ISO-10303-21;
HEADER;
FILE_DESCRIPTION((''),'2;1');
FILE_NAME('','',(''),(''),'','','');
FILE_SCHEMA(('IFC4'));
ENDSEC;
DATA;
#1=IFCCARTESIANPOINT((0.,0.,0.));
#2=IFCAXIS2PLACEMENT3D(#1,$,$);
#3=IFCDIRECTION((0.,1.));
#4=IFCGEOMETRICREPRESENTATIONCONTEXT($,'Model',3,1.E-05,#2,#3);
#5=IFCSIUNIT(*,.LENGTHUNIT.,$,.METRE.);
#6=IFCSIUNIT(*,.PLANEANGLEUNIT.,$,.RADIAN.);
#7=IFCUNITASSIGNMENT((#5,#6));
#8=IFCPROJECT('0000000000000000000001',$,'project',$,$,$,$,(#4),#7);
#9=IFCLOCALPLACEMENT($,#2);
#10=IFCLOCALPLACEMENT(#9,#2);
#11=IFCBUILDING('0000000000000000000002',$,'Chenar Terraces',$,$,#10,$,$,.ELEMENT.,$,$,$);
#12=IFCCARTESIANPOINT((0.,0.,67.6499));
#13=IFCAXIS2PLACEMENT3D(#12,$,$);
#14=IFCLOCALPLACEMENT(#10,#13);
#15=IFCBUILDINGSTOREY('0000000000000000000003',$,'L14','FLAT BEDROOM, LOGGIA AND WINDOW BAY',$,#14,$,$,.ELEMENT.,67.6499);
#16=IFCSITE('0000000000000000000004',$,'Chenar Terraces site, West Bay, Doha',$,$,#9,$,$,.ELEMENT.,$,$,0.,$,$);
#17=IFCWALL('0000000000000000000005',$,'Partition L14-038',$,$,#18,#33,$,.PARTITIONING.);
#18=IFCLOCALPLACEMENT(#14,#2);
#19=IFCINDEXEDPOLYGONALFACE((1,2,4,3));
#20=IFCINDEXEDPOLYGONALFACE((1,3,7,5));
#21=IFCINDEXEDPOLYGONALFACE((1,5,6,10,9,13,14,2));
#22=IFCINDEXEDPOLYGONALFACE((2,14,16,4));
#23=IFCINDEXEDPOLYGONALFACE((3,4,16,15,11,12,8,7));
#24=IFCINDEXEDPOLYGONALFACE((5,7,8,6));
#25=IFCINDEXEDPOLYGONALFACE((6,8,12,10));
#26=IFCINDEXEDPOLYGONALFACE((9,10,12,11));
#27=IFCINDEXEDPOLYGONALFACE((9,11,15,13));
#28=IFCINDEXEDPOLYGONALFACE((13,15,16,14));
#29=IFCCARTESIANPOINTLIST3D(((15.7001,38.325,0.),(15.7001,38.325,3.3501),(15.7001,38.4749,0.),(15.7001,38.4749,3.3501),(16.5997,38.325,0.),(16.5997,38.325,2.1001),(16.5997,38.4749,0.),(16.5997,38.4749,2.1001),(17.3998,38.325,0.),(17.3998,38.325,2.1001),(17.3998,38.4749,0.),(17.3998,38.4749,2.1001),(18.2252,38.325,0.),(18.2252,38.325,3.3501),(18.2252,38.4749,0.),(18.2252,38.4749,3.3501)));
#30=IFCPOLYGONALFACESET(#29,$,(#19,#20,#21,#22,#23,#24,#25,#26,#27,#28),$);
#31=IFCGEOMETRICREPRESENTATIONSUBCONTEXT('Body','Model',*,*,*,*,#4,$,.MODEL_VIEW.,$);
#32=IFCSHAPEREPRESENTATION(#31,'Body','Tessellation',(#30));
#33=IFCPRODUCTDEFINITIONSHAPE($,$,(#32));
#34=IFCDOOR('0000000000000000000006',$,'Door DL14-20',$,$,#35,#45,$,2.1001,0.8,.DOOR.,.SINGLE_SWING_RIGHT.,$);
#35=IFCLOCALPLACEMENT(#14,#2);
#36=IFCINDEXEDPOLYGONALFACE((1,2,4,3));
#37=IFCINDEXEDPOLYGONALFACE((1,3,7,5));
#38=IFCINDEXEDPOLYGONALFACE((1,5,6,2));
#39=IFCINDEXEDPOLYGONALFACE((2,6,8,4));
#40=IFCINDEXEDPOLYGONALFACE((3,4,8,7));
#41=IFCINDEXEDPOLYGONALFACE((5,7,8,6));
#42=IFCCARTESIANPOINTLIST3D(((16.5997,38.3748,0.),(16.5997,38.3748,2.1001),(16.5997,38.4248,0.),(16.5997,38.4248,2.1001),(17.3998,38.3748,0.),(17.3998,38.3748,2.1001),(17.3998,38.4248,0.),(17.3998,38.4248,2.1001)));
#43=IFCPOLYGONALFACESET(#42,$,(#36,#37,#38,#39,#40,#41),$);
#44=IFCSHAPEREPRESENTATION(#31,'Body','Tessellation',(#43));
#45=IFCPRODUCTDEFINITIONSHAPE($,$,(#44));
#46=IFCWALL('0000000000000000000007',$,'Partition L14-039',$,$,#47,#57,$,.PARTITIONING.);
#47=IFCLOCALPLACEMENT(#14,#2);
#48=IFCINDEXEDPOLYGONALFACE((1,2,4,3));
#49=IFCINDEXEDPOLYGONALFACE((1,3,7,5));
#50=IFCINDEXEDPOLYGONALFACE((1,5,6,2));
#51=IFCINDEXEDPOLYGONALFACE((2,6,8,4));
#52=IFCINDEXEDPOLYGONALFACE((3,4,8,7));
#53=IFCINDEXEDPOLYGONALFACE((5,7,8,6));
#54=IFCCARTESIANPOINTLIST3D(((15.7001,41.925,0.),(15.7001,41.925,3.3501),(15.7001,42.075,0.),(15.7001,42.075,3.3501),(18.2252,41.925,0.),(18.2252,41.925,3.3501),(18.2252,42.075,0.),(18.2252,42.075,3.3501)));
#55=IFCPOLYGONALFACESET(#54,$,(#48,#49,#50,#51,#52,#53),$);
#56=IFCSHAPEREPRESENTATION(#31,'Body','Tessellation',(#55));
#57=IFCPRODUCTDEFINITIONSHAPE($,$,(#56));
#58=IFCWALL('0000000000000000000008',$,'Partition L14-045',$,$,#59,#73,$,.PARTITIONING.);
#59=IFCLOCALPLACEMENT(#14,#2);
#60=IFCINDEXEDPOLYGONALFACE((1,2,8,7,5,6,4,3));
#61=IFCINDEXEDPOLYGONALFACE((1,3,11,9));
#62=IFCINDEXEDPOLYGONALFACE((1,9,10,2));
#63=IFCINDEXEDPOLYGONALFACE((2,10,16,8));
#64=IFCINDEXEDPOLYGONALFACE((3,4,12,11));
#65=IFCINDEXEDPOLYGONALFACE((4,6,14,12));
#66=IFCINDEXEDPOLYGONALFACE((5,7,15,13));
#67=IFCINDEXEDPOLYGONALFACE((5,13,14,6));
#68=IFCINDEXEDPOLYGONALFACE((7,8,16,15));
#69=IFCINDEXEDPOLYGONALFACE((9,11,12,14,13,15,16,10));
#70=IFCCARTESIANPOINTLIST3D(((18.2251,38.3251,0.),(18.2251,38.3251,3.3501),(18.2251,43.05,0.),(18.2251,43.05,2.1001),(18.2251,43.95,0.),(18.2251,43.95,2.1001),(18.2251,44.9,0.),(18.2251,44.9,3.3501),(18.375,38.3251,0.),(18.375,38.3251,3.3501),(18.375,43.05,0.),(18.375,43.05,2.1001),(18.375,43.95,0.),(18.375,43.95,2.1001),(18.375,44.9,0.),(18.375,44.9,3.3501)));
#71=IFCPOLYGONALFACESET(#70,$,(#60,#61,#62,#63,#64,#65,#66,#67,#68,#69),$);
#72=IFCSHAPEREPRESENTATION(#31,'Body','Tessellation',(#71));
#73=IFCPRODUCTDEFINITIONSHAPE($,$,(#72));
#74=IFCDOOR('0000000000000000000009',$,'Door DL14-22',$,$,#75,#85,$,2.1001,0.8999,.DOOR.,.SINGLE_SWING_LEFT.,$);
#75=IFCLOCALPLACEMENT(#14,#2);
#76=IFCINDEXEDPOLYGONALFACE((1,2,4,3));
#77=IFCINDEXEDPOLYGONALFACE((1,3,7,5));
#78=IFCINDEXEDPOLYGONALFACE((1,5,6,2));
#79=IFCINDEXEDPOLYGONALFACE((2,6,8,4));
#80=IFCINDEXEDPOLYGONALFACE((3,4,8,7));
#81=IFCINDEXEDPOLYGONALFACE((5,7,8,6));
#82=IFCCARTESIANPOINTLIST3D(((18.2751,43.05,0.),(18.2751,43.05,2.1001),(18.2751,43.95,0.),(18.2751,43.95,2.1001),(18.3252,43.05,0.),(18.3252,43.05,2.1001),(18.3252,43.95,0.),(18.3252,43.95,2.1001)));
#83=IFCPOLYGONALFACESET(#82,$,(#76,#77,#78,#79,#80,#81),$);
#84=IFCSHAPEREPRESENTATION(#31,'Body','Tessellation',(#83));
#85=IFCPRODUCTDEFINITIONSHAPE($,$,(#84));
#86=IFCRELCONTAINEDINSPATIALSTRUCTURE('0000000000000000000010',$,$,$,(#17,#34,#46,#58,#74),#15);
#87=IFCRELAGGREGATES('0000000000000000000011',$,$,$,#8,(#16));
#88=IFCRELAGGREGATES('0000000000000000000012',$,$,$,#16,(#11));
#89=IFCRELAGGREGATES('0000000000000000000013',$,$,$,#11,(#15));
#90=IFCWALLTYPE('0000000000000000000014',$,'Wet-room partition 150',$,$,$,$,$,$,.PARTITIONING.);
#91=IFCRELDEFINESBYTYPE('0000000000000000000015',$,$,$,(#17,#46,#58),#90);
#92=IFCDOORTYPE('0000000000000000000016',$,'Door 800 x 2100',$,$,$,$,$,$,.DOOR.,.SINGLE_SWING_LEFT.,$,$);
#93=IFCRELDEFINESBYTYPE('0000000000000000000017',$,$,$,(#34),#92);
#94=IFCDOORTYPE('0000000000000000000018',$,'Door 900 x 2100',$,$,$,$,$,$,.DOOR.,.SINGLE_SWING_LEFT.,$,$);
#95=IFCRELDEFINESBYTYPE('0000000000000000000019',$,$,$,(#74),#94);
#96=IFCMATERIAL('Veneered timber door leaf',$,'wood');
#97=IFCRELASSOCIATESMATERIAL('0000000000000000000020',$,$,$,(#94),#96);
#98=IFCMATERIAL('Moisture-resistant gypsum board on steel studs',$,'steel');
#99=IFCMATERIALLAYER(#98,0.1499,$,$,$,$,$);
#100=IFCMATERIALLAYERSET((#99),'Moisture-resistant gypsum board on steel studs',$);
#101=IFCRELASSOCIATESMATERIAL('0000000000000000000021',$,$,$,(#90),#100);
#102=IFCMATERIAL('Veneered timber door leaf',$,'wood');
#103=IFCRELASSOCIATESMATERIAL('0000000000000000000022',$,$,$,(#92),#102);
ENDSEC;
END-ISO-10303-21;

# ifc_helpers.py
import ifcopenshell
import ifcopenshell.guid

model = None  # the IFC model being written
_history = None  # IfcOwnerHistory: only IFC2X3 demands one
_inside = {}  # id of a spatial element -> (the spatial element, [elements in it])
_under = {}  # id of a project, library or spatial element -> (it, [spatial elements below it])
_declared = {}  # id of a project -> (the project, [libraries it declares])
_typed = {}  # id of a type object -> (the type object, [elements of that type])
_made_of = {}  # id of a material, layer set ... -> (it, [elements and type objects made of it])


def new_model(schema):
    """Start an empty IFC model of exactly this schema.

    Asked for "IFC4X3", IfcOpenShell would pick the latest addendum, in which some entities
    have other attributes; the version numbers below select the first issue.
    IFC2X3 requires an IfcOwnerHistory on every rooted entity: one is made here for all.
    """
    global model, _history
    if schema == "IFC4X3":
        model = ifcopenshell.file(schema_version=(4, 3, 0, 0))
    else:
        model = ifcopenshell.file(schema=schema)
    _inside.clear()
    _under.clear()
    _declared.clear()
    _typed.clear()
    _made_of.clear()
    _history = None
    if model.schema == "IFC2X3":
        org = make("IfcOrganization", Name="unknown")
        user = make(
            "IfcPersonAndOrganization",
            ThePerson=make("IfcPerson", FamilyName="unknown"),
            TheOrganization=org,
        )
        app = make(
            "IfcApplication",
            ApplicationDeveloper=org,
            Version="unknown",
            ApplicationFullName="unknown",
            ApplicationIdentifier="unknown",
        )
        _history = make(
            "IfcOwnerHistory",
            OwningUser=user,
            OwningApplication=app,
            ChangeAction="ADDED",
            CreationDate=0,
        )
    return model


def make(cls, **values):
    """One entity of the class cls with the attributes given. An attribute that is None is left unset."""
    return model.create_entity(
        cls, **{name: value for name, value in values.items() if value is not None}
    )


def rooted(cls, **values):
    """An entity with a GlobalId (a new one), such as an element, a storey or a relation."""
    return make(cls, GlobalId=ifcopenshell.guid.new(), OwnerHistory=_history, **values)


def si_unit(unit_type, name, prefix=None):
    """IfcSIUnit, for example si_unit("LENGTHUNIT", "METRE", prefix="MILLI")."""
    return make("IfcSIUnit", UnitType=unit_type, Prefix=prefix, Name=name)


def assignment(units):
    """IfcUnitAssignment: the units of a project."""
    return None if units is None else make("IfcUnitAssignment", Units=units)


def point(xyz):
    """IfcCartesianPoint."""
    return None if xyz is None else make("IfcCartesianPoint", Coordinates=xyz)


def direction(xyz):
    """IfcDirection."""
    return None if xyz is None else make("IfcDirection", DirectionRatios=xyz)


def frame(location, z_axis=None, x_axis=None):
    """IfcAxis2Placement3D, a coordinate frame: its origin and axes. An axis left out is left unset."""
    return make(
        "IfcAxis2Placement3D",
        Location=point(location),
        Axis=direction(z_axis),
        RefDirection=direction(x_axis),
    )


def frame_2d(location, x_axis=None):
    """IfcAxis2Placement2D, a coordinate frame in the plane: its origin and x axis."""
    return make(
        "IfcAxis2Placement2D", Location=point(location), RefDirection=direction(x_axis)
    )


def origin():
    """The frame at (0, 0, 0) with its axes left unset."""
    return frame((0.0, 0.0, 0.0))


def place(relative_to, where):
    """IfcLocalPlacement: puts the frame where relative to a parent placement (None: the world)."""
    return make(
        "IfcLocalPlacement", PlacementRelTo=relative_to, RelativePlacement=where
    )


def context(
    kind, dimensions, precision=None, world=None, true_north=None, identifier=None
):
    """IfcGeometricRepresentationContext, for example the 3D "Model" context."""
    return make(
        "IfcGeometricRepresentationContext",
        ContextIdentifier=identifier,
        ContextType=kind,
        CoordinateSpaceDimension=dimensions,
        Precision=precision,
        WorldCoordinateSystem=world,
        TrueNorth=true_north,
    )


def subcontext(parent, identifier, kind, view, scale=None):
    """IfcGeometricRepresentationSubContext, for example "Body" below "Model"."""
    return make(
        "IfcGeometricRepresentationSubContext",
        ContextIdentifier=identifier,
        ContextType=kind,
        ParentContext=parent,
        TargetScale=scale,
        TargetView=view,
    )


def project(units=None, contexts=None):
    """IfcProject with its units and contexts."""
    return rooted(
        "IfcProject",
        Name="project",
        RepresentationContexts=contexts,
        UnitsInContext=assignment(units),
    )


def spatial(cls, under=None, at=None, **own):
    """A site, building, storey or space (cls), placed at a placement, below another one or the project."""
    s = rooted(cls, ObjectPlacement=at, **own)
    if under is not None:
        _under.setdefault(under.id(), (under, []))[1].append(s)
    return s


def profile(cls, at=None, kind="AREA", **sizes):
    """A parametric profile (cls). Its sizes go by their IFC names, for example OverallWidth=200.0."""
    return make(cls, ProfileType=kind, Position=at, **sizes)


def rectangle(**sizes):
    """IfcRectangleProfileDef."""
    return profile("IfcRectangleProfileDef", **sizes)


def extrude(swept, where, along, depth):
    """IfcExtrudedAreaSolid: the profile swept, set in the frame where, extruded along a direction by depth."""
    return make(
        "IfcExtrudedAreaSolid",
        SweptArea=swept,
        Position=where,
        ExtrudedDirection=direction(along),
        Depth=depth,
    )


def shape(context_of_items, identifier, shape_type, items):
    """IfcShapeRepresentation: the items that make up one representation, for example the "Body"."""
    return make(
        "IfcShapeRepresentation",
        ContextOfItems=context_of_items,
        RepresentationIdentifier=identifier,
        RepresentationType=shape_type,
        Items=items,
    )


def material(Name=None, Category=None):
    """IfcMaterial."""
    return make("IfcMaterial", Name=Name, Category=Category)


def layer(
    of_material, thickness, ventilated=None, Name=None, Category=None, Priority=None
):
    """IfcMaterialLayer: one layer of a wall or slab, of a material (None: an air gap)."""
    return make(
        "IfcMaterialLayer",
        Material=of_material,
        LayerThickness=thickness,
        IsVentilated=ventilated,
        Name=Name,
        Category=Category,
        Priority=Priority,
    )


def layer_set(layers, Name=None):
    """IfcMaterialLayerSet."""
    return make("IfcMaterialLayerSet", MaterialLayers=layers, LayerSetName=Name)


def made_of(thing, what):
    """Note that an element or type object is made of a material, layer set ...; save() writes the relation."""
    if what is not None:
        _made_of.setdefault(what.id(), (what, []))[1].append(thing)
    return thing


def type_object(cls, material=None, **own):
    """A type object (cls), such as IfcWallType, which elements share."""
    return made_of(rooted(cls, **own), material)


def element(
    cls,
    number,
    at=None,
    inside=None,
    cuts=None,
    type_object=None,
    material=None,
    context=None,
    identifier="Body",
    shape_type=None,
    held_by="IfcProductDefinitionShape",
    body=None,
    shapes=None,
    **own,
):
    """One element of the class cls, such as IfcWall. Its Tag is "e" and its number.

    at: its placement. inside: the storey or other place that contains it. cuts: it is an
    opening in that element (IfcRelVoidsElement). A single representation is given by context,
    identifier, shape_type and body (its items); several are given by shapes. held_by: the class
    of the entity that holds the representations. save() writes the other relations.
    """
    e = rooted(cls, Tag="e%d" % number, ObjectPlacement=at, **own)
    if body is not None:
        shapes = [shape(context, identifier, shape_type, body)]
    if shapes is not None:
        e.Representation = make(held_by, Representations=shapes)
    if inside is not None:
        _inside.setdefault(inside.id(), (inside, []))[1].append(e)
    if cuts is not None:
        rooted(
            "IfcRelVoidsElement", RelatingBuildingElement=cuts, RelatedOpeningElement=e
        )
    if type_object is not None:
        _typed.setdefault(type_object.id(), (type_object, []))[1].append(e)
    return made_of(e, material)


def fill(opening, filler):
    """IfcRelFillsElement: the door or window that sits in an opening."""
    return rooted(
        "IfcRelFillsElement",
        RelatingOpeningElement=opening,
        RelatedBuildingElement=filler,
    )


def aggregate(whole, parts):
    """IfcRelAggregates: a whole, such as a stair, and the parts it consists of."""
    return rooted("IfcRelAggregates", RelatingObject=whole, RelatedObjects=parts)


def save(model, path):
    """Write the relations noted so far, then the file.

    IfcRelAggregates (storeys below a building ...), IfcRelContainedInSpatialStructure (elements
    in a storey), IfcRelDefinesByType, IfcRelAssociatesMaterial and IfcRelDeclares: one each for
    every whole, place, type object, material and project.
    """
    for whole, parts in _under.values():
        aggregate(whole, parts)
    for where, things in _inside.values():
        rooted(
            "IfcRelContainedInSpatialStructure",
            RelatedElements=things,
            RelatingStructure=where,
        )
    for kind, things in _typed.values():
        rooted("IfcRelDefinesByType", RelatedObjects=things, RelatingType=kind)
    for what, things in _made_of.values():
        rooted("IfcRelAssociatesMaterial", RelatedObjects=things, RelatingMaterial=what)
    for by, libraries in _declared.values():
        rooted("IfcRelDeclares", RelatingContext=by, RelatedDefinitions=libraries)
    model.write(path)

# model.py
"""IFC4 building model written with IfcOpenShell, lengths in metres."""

from ifc_helpers import new_model, si_unit, direction, frame, frame_2d, origin, place, context, subcontext, project, spatial, rectangle, extrude, material, layer, layer_set, type_object, element, fill, save


model = new_model("IFC4")

# Units and contexts
model_context = context("Model", 3, precision=1e-05, world=origin(), true_north=direction((0.0, 1.0)))
body_context = subcontext(model_context, "Body", "Model", "MODEL_VIEW")
ifc_project = project(units=[si_unit("LENGTHUNIT", "METRE"), si_unit("PLANEANGLEUNIT", "RADIAN")], contexts=[model_context])

# Site, building, storey
site_placement = place(None, origin())
site = spatial("IfcSite", under=ifc_project, at=site_placement, Name="Chenar Terraces site, West Bay, Doha", CompositionType="ELEMENT", RefElevation=0.0)
building_placement = place(site_placement, origin())
building = spatial("IfcBuilding", under=site, at=building_placement, Name="Chenar Terraces", CompositionType="ELEMENT")
storey_placement = place(building_placement, frame((0.0, 0.0, 67.6499)))
storey = spatial("IfcBuildingStorey", under=building, at=storey_placement, Name="L14", Description="FLAT BEDROOM, LOGGIA AND WINDOW BAY", CompositionType="ELEMENT", Elevation=67.6499)

# Shared definitions
ifc_material_1 = material(Name="Veneered timber door leaf", Category="wood")
door_type_1 = type_object("IfcDoorType", Name="Door 900 x 2100", OperationType="SINGLE_SWING_LEFT", PredefinedType="DOOR", material=ifc_material_1)

# Wall, opening, door
ifc_material_2 = material(Name="Moisture-resistant gypsum board on steel studs", Category="steel")
ifc_layer_1 = layer(ifc_material_2, 0.1499)
ifc_layer_set_1 = layer_set([ifc_layer_1], Name="Moisture-resistant gypsum board on steel studs")
wall_type_1 = type_object("IfcWallType", Name="Wet-room partition 150", PredefinedType="PARTITIONING", material=ifc_layer_set_1)
wall_1_placement = place(storey_placement, frame((15.7, 38.3999, 0.0), z_axis=(0.0, 0.0, 1.0), x_axis=(1.0, 0.0, 0.0)))
wall_1 = element("IfcWall", 1, at=wall_1_placement, inside=storey, type_object=wall_type_1, Name="Partition L14-038", PredefinedType="PARTITIONING", context=body_context, shape_type="SweptSolid", body=[
    extrude(rectangle(XDim=2.5251, YDim=0.1499, at=frame_2d((1.2627, 0.0))), origin(), (0.0, 0.0, 1.0), 3.3501),
])
opening_1_placement = place(wall_1_placement, frame((0.8999, 0.0, 0.0)))
opening_1 = element("IfcOpeningElement", 2, at=opening_1_placement, cuts=wall_1, PredefinedType="OPENING", context=body_context, shape_type="SweptSolid", body=[
    extrude(rectangle(XDim=0.8, YDim=2.1001, at=frame_2d((0.3999, 1.05))), frame((0.0, 0.085, 0.0), z_axis=(0.0, -1.0, 0.0), x_axis=(1.0, 0.0, 0.0)), (0.0, 0.0, 1.0), 0.1699),
])
ifc_material_3 = material(Name="Veneered timber door leaf", Category="wood")
door_type_2 = type_object("IfcDoorType", Name="Door 800 x 2100", OperationType="SINGLE_SWING_LEFT", PredefinedType="DOOR", material=ifc_material_3)
door_1_placement = place(opening_1_placement, origin())
door_1 = element("IfcDoor", 3, at=door_1_placement, inside=storey, type_object=door_type_2, Name="Door DL14-20", OperationType="SINGLE_SWING_RIGHT", OverallHeight=2.1001, OverallWidth=0.8, PredefinedType="DOOR", context=body_context, shape_type="SweptSolid", body=[
    extrude(rectangle(XDim=0.8, YDim=2.1001, at=frame_2d((0.3999, 1.05))), frame((0.0, 0.0249, 0.0), z_axis=(0.0, -1.0, 0.0), x_axis=(1.0, 0.0, 0.0)), (0.0, 0.0, 1.0), 0.05),
])
fill(opening_1, door_1)

# Wall
wall_2_placement = place(storey_placement, frame((15.7, 42.0, 0.0), z_axis=(0.0, 0.0, 1.0), x_axis=(1.0, 0.0, 0.0)))
element("IfcWall", 4, at=wall_2_placement, inside=storey, type_object=wall_type_1, Name="Partition L14-039", PredefinedType="PARTITIONING", context=body_context, shape_type="SweptSolid", body=[
    extrude(rectangle(XDim=2.5251, YDim=0.1499, at=frame_2d((1.2627, 0.0))), origin(), (0.0, 0.0, 1.0), 3.3501),
])

# Wall, opening, door
wall_3_placement = place(storey_placement, frame((18.3, 38.325, 0.0), z_axis=(0.0, 0.0, 1.0), x_axis=(0.0, 1.0, 0.0)))
wall_3 = element("IfcWall", 5, at=wall_3_placement, inside=storey, type_object=wall_type_1, Name="Partition L14-045", PredefinedType="PARTITIONING", context=body_context, shape_type="SweptSolid", body=[
    extrude(rectangle(XDim=6.575, YDim=0.1499, at=frame_2d((3.2876, 0.0))), origin(), (0.0, 0.0, 1.0), 3.3501),
])
opening_2_placement = place(wall_3_placement, frame((4.7251, 0.0, 0.0)))
opening_2 = element("IfcOpeningElement", 6, at=opening_2_placement, cuts=wall_3, PredefinedType="OPENING", context=body_context, shape_type="SweptSolid", body=[
    extrude(rectangle(XDim=0.8999, YDim=2.1001, at=frame_2d((0.45, 1.05))), frame((0.0, 0.085, 0.0), z_axis=(0.0, -1.0, 0.0), x_axis=(1.0, 0.0, 0.0)), (0.0, 0.0, 1.0), 0.1699),
])
door_2_placement = place(opening_2_placement, origin())
door_2 = element("IfcDoor", 7, at=door_2_placement, inside=storey, type_object=door_type_1, Name="Door DL14-22", OperationType="SINGLE_SWING_LEFT", OverallHeight=2.1001, OverallWidth=0.8999, PredefinedType="DOOR", context=body_context, shape_type="SweptSolid", body=[
    extrude(rectangle(XDim=0.8999, YDim=2.1001, at=frame_2d((0.45, 1.05))), frame((0.0, 0.0249, 0.0), z_axis=(0.0, -1.0, 0.0), x_axis=(1.0, 0.0, 0.0)), (0.0, 0.0, 1.0), 0.05),
])
fill(opening_2, door_2)

save(model, "model.ifc")
